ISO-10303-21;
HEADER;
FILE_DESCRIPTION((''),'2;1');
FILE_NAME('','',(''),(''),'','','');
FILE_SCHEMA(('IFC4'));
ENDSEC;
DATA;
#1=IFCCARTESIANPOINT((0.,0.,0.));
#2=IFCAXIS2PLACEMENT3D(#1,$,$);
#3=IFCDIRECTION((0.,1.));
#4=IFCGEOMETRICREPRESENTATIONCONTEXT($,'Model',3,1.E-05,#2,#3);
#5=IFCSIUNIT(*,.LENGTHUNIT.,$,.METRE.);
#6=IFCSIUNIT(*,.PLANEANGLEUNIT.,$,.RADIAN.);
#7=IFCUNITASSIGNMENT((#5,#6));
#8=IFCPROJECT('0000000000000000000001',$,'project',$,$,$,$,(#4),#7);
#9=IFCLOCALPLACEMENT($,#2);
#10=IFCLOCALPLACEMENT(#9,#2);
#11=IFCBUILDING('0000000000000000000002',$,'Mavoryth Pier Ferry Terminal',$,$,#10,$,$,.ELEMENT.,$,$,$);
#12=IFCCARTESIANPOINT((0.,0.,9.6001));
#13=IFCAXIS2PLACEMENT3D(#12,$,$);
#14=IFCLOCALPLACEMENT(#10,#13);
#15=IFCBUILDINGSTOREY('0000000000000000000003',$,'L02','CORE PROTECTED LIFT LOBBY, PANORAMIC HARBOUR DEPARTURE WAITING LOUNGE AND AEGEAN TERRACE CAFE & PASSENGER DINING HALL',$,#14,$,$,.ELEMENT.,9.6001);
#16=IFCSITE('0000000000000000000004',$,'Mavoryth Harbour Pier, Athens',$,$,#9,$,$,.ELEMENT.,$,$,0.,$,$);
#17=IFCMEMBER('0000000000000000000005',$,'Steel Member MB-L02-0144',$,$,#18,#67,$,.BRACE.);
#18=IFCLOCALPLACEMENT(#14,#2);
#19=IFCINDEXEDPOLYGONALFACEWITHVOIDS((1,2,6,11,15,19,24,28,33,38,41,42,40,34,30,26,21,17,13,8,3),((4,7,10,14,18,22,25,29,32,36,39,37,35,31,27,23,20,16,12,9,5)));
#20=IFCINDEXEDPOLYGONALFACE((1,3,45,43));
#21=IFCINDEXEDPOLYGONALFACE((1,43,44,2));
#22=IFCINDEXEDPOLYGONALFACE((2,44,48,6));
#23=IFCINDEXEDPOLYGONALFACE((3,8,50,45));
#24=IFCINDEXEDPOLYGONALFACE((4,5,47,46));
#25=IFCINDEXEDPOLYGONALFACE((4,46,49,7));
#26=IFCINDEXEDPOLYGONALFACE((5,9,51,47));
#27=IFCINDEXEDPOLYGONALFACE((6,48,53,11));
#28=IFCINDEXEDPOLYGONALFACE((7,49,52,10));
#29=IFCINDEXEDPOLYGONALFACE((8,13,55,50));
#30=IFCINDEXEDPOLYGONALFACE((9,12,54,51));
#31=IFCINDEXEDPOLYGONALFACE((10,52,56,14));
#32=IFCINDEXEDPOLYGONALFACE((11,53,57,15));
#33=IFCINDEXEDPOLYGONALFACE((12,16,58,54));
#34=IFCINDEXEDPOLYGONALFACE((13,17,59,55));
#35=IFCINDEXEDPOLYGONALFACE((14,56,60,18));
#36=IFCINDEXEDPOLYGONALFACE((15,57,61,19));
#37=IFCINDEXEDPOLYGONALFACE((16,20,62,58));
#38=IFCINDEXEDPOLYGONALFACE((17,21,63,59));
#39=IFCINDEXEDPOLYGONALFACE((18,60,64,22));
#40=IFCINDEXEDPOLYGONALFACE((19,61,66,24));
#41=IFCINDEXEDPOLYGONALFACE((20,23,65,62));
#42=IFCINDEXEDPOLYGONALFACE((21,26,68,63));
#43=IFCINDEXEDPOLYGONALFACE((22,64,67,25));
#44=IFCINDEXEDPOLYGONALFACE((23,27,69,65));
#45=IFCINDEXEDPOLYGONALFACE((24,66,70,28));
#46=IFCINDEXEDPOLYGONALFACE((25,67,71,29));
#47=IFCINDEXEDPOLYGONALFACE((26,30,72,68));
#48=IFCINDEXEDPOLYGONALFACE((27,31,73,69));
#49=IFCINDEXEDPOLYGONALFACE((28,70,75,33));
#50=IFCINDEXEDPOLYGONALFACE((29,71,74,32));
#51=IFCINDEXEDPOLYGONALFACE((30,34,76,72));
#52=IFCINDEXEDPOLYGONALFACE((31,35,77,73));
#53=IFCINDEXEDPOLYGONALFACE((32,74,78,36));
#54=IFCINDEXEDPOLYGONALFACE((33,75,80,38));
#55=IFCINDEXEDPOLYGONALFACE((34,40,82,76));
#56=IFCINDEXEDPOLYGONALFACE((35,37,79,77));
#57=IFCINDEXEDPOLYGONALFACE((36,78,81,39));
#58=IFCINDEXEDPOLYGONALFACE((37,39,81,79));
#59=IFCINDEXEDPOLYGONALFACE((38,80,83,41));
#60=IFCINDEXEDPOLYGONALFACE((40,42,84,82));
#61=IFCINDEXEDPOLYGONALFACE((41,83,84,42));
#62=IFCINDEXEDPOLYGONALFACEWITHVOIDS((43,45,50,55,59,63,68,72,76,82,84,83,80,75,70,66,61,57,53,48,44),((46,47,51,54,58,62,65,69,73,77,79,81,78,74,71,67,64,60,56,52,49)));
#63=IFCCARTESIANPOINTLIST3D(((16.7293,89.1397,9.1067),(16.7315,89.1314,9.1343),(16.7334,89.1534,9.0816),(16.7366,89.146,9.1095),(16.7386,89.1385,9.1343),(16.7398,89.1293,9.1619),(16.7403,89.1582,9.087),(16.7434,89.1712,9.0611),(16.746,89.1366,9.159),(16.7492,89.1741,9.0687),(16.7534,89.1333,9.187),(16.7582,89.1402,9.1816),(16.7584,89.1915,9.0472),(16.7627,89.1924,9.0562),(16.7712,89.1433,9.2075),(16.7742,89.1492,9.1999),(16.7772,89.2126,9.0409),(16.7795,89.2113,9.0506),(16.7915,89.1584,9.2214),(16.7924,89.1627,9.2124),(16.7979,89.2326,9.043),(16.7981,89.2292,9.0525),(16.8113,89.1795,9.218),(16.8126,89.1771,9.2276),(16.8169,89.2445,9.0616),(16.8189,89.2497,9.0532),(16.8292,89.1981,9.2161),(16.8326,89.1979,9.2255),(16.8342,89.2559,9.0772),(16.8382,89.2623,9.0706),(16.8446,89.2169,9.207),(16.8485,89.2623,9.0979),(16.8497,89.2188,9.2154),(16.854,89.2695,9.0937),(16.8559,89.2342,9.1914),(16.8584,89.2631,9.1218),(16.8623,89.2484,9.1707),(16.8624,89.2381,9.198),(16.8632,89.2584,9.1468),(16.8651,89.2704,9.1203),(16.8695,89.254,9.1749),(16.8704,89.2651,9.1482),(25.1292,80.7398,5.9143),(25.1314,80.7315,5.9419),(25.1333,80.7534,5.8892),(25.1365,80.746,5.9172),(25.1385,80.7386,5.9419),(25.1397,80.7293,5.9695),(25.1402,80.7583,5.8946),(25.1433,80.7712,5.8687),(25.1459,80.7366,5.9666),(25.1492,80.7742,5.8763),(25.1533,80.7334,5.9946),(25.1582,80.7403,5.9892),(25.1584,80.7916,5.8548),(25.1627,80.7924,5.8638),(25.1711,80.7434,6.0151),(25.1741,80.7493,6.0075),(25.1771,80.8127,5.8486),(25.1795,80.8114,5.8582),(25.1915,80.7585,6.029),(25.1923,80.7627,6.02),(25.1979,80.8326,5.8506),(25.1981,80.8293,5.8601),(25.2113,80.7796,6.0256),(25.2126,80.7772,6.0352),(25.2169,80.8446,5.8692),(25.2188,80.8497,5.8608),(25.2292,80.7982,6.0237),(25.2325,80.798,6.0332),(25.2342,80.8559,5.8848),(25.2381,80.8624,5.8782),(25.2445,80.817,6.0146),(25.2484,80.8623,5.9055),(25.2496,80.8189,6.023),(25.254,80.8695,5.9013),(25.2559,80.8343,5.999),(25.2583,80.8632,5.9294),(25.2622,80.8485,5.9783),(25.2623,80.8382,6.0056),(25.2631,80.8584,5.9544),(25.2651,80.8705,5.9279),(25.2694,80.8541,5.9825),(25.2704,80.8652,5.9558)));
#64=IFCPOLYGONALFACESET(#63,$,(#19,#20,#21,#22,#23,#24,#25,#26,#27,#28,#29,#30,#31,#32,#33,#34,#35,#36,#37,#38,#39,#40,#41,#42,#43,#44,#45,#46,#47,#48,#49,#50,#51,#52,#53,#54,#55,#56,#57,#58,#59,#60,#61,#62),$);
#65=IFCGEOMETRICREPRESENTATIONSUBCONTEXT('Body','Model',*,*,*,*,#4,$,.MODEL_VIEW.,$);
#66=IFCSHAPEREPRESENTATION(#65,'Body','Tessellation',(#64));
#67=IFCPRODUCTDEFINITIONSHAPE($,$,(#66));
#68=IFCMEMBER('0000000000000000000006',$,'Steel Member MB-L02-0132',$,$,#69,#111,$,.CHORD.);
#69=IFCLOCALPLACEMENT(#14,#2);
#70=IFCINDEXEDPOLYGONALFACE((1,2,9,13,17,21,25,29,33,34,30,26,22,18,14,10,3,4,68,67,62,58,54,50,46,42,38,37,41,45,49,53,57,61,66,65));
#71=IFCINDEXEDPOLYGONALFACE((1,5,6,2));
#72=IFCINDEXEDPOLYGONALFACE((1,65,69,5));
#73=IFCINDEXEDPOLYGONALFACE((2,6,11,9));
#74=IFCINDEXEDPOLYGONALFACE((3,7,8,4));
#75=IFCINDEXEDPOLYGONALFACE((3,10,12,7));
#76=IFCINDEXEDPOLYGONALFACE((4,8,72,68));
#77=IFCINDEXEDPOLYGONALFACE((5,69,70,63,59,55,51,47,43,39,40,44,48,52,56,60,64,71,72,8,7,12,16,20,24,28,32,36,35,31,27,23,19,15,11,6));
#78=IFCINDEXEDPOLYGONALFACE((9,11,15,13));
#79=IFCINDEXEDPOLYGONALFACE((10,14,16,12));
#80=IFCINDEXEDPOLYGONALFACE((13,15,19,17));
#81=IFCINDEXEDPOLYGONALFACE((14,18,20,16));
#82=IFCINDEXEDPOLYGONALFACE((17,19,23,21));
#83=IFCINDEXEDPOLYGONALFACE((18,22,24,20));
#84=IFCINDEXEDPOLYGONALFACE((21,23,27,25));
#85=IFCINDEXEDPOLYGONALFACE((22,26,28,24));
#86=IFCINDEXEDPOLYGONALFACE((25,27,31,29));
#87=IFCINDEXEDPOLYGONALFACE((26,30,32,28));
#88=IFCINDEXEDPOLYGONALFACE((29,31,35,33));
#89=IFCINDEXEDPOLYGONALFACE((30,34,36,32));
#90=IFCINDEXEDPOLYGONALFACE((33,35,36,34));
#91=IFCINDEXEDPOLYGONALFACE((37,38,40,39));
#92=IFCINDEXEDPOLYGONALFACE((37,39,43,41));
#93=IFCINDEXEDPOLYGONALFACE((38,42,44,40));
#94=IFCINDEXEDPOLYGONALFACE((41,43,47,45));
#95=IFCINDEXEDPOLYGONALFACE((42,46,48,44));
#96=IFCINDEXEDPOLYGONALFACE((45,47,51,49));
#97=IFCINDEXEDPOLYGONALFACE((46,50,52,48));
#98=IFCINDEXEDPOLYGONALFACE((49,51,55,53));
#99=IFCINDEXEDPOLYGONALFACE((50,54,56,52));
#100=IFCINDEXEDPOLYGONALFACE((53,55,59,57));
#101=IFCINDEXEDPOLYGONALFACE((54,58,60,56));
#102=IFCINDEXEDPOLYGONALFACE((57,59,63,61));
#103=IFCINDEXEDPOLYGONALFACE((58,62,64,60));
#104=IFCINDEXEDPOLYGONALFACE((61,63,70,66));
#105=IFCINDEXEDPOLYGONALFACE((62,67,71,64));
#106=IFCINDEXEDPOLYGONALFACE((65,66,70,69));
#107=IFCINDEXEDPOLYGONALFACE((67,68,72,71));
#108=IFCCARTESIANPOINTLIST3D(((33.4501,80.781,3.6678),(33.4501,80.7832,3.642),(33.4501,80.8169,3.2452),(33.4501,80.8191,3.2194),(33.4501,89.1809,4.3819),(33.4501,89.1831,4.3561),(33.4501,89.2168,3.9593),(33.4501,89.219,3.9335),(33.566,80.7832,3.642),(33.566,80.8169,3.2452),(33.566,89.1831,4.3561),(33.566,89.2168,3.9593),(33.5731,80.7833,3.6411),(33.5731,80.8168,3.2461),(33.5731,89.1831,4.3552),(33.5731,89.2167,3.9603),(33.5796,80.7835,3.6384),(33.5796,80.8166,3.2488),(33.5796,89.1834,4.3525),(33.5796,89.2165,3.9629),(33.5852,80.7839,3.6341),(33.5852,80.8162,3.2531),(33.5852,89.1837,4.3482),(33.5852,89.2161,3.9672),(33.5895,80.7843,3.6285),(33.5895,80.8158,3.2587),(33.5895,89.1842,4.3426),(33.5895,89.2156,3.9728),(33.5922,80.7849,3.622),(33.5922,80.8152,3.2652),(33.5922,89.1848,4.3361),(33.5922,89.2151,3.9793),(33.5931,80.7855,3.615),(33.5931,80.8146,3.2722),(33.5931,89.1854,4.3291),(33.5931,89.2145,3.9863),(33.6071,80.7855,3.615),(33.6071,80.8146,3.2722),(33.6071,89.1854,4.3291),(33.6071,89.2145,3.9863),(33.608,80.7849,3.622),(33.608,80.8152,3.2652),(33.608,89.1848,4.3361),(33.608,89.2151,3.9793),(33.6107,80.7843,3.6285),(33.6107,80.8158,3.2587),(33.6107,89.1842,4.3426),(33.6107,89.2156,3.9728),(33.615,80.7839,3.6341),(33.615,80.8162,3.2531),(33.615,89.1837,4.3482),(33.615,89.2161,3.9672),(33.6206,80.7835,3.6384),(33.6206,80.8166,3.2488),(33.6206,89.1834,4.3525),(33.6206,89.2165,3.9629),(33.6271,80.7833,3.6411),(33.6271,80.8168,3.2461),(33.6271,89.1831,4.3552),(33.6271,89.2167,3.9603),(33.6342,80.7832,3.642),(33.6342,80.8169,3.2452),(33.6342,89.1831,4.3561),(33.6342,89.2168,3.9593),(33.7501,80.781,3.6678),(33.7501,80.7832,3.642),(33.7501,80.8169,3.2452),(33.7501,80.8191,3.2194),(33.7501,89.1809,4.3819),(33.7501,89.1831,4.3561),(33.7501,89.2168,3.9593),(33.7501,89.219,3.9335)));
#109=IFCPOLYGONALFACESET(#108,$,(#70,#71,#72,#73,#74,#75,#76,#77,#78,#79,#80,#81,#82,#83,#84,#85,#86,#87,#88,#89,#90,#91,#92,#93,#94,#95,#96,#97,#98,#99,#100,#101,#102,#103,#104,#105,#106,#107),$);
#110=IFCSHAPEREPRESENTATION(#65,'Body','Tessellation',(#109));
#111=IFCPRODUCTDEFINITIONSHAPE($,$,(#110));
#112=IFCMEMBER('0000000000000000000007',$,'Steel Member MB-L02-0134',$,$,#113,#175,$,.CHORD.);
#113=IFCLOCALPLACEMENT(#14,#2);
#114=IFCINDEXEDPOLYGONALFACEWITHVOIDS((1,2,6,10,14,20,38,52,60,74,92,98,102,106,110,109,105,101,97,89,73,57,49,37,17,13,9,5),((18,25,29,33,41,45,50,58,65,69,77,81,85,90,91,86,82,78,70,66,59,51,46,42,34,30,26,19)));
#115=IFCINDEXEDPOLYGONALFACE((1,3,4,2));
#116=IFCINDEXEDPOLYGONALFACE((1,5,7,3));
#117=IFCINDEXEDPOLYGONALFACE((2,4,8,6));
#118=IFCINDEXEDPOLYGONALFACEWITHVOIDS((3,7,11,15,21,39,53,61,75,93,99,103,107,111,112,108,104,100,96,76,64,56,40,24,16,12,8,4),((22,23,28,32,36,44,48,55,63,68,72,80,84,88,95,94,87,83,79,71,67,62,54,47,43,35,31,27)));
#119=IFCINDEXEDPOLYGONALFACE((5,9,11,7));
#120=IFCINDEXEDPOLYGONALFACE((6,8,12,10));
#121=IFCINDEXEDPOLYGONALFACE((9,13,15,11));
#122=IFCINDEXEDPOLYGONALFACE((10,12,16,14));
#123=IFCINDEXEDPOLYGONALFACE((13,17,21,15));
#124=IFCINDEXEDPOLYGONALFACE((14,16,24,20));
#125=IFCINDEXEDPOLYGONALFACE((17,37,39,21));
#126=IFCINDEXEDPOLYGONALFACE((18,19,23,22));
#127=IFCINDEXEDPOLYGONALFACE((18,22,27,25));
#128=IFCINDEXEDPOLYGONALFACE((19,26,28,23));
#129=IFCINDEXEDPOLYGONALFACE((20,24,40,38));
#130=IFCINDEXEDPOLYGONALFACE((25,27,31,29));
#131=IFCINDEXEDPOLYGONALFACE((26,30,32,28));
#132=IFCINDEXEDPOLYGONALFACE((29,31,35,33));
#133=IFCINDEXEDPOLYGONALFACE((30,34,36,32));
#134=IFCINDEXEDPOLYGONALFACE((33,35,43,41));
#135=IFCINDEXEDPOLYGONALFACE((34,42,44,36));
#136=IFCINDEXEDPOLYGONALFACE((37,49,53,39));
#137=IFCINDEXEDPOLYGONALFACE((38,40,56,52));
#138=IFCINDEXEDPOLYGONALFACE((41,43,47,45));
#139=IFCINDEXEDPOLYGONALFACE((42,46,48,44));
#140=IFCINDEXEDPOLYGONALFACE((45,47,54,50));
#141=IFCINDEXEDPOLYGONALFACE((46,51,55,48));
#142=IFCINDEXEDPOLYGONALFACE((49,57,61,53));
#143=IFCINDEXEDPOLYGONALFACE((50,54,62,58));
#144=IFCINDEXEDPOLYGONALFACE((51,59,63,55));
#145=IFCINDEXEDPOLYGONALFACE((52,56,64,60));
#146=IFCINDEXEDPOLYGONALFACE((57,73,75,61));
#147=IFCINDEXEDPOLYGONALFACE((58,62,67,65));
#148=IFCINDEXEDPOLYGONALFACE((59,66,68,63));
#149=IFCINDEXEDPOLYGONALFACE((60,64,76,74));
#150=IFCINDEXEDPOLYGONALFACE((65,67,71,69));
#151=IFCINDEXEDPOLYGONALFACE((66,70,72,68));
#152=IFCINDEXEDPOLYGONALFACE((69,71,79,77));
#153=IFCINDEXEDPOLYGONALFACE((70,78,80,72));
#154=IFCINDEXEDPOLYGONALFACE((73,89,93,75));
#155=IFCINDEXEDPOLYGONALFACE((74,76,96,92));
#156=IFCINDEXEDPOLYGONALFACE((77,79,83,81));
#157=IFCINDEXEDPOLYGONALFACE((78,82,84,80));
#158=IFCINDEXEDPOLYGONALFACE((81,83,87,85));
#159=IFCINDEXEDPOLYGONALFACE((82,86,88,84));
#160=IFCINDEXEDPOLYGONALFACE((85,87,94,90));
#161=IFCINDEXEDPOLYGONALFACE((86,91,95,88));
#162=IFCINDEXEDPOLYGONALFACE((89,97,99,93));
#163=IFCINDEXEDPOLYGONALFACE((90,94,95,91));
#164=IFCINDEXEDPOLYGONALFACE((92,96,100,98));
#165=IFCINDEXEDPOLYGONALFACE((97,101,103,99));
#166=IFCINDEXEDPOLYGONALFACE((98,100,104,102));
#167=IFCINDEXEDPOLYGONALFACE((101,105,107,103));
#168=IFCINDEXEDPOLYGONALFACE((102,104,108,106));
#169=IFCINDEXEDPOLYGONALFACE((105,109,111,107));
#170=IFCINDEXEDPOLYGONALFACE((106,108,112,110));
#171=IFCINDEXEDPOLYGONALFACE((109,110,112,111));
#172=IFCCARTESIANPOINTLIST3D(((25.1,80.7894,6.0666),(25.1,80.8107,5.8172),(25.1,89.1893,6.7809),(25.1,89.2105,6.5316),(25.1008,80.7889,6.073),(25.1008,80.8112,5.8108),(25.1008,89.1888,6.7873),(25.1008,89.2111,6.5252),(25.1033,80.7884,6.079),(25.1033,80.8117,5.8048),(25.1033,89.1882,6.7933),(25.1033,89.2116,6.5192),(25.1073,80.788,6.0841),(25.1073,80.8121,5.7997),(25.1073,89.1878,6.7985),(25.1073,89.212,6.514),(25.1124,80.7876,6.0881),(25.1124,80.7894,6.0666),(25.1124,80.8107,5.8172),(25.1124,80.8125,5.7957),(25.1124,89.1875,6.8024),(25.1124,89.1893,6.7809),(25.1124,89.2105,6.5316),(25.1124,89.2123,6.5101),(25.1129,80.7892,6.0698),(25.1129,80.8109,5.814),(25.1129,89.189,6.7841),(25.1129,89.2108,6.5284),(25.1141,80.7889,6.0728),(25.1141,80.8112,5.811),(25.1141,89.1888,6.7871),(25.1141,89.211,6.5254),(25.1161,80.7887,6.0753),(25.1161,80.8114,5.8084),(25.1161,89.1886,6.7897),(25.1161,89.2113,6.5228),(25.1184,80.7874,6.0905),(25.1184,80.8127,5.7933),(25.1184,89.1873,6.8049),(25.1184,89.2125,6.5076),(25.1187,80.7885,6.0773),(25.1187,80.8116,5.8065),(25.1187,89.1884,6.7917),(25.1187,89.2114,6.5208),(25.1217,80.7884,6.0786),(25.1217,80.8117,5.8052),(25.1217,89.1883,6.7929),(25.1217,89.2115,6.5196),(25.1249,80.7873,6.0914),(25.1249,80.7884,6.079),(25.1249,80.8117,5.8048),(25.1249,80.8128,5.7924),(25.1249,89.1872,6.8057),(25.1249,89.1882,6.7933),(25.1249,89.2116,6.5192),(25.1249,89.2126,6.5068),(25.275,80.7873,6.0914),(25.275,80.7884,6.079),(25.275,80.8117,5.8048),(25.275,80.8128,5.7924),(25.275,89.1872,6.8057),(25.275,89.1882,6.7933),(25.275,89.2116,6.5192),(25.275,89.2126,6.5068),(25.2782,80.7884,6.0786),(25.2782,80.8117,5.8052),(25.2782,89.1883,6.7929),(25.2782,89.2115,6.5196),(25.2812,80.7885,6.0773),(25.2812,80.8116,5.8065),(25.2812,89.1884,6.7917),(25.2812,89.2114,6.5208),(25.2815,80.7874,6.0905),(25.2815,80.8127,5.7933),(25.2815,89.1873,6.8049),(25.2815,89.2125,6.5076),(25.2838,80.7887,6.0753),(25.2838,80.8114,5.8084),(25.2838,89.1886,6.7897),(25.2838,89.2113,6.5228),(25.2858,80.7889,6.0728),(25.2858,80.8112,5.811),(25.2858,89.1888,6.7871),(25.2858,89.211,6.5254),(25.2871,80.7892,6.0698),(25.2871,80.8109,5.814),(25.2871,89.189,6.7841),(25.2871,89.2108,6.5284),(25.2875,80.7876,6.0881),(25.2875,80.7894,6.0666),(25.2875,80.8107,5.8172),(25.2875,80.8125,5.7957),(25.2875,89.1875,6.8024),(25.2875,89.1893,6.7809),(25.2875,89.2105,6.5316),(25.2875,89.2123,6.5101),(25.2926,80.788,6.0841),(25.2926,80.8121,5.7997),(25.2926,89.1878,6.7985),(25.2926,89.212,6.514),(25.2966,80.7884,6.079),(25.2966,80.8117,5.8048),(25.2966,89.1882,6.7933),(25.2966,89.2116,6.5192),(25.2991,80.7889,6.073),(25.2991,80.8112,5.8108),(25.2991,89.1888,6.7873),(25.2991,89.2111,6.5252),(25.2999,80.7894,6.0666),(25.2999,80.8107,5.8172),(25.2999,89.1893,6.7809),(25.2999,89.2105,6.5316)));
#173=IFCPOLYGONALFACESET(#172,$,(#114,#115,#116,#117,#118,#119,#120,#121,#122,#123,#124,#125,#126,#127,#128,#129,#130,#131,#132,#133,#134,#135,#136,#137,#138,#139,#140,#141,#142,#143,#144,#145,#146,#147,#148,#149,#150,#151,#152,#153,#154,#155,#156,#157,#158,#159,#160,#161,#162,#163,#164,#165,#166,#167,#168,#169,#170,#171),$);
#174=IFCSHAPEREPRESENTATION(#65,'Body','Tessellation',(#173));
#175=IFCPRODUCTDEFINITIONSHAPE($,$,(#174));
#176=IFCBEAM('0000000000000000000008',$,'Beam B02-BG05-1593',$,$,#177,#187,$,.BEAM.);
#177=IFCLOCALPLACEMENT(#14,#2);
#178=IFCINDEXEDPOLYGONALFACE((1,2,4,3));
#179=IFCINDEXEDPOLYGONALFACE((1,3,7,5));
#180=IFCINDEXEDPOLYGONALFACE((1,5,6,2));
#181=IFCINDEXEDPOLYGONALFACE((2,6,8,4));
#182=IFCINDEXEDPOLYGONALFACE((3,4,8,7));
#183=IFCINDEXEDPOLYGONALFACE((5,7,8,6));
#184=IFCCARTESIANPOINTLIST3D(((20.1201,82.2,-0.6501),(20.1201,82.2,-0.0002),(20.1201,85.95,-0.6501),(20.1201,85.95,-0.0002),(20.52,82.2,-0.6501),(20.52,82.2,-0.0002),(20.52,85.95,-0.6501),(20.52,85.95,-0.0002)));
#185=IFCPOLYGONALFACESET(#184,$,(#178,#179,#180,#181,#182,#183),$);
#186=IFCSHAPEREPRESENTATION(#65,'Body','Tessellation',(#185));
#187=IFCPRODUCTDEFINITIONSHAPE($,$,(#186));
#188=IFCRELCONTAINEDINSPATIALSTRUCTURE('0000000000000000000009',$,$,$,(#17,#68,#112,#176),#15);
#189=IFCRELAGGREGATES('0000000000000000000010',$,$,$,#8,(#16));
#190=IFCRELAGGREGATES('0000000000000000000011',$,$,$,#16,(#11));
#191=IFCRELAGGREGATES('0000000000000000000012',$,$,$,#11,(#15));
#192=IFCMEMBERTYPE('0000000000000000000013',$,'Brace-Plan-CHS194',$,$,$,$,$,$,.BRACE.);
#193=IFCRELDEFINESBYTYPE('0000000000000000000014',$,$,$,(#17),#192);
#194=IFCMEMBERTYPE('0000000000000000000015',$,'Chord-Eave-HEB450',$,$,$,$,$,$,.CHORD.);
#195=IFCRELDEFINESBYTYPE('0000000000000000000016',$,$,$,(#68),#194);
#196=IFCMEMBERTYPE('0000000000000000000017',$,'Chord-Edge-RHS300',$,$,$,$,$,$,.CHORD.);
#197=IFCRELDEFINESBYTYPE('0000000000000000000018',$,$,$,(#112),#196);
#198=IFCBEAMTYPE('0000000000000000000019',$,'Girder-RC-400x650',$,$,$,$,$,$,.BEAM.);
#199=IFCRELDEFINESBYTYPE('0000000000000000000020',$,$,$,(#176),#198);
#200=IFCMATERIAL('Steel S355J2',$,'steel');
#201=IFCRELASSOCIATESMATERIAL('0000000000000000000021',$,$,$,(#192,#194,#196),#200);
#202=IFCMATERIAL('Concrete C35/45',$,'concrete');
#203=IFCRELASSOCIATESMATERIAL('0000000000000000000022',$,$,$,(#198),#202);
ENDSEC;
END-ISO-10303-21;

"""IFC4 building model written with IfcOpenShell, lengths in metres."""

from ifc_helpers import new_model, si_unit, direction, frame, origin, origin_2d, place, context, subcontext, project, spatial, rectangle, hollow_rectangle, hollow_circle, i_section, extrude, material, material_profile, profile_set, type_object, element, save


model = new_model("IFC4")

# Units and contexts
model_context = context("Model", 3, precision=1e-05, world=origin(), true_north=direction((0.0, 1.0)))
body_context = subcontext(model_context, "Body", "Model", "MODEL_VIEW")
ifc_project = project(units=[si_unit("LENGTHUNIT", "METRE"), si_unit("PLANEANGLEUNIT", "RADIAN")], contexts=[model_context])

# Site, building, storey
site_placement = place(None, origin())
site = spatial("IfcSite", under=ifc_project, at=site_placement, Name="Mavoryth Harbour Pier, Athens", CompositionType="ELEMENT", RefElevation=0.0)
building_placement = place(site_placement, origin())
building = spatial("IfcBuilding", under=site, at=building_placement, Name="Mavoryth Pier Ferry Terminal", CompositionType="ELEMENT")
storey_placement = place(building_placement, frame((0.0, 0.0, 9.6001)))
storey = spatial("IfcBuildingStorey", under=building, at=storey_placement, Name="L02", Description="CORE PROTECTED LIFT LOBBY, PANORAMIC HARBOUR DEPARTURE WAITING LOUNGE AND AEGEAN TERRACE CAFE & PASSENGER DINING HALL", CompositionType="ELEMENT", Elevation=9.6001)

# Shared definitions
ifc_material_1 = material(Name="Steel S355J2", Category="steel")

# Members
ifc_material_profile_1 = material_profile(ifc_material_1, hollow_circle(Radius=0.0969, WallThickness=0.01, at=origin_2d()), Name="CHS 193.7x10.0", Category="steel")
ifc_profile_set_1 = profile_set([ifc_material_profile_1], Name="Steel S355J2 - CHS 193.7x10.0")
member_type_1 = type_object("IfcMemberType", Name="Brace-Plan-CHS194", PredefinedType="BRACE", material=ifc_profile_set_1)
member_1_placement = place(storey_placement, frame((25.2, 80.8, 5.9419), z_axis=(-0.682878, 0.682878, 0.259528), x_axis=(-0.707107, -0.707107, 0.0)))
element("IfcMember", 1, at=member_1_placement, inside=storey, type_object=member_type_1, Name="Steel Member MB-L02-0144", PredefinedType="BRACE", context=body_context, shape_type="SweptSolid", body=[
    extrude(hollow_circle(Radius=0.0969, WallThickness=0.01, at=origin_2d()), origin(), (0.0, 0.0, 1.0), 12.3008),
])
ifc_material_profile_2 = material_profile(ifc_material_1, i_section(OverallWidth=0.3, OverallDepth=0.45, WebThickness=0.0139, FlangeThickness=0.0259, FilletRadius=0.0271, at=origin_2d()), Name="HEB 450", Category="steel")
ifc_profile_set_2 = profile_set([ifc_material_profile_2], Name="Steel S355J2 - HEB 450")
member_type_2 = type_object("IfcMemberType", Name="Chord-Eave-HEB450", PredefinedType="CHORD", material=ifc_profile_set_2)
member_2_placement = place(storey_placement, frame((33.6001, 80.8, 3.4436), z_axis=(0.0, 0.996406, 0.084709), x_axis=(-1.0, 0.0, 0.0)))
element("IfcMember", 2, at=member_2_placement, inside=storey, type_object=member_type_2, Name="Steel Member MB-L02-0132", PredefinedType="CHORD", context=body_context, shape_type="SweptSolid", body=[
    extrude(i_section(OverallWidth=0.3, OverallDepth=0.45, WebThickness=0.0139, FlangeThickness=0.0259, FilletRadius=0.0271, at=origin_2d()), origin(), (0.0, 0.0, 1.0), 8.4302),
])
ifc_material_profile_3 = material_profile(ifc_material_1, hollow_rectangle(XDim=0.2, YDim=0.3, WallThickness=0.0125, InnerFilletRadius=0.0125, OuterFilletRadius=0.0249, at=origin_2d()), Name="RHS 300x200x12.5", Category="steel")
ifc_profile_set_3 = profile_set([ifc_material_profile_3], Name="Steel S355J2 - RHS 300x200x12.5")
member_type_3 = type_object("IfcMemberType", Name="Chord-Edge-RHS300", PredefinedType="CHORD", material=ifc_profile_set_3)
member_3_placement = place(storey_placement, frame((25.2, 80.8, 5.9419), z_axis=(0.0, 0.996403, 0.084737), x_axis=(-1.0, 0.0, 0.0)))
element("IfcMember", 3, at=member_3_placement, inside=storey, type_object=member_type_3, Name="Steel Member MB-L02-0134", PredefinedType="CHORD", context=body_context, shape_type="SweptSolid", body=[
    extrude(hollow_rectangle(XDim=0.2, YDim=0.3, WallThickness=0.0125, InnerFilletRadius=0.0125, OuterFilletRadius=0.0249, at=origin_2d()), origin(), (0.0, 0.0, 1.0), 8.4302),
])

# Beam
ifc_material_2 = material(Name="Concrete C35/45", Category="concrete")
ifc_material_profile_4 = material_profile(ifc_material_2, rectangle(XDim=0.3999, YDim=0.6499, at=origin_2d()), Name="RC 400x650", Category="concrete")
ifc_profile_set_4 = profile_set([ifc_material_profile_4], Name="Concrete C35/45 - RC 400x650")
beam_type_1 = type_object("IfcBeamType", Name="Girder-RC-400x650", PredefinedType="BEAM", material=ifc_profile_set_4)
beam_1_placement = place(storey_placement, frame((20.3201, 82.2, -0.3252), z_axis=(0.0, 1.0, 0.0), x_axis=(-1.0, 0.0, 0.0)))
element("IfcBeam", 4, at=beam_1_placement, inside=storey, type_object=beam_type_1, Name="Beam B02-BG05-1593", PredefinedType="BEAM", context=body_context, shape_type="SweptSolid", body=[
    extrude(rectangle(XDim=0.3999, YDim=0.6499, at=origin_2d()), origin(), (0.0, 0.0, 1.0), 3.75),
])

save(model, "model.ifc")
